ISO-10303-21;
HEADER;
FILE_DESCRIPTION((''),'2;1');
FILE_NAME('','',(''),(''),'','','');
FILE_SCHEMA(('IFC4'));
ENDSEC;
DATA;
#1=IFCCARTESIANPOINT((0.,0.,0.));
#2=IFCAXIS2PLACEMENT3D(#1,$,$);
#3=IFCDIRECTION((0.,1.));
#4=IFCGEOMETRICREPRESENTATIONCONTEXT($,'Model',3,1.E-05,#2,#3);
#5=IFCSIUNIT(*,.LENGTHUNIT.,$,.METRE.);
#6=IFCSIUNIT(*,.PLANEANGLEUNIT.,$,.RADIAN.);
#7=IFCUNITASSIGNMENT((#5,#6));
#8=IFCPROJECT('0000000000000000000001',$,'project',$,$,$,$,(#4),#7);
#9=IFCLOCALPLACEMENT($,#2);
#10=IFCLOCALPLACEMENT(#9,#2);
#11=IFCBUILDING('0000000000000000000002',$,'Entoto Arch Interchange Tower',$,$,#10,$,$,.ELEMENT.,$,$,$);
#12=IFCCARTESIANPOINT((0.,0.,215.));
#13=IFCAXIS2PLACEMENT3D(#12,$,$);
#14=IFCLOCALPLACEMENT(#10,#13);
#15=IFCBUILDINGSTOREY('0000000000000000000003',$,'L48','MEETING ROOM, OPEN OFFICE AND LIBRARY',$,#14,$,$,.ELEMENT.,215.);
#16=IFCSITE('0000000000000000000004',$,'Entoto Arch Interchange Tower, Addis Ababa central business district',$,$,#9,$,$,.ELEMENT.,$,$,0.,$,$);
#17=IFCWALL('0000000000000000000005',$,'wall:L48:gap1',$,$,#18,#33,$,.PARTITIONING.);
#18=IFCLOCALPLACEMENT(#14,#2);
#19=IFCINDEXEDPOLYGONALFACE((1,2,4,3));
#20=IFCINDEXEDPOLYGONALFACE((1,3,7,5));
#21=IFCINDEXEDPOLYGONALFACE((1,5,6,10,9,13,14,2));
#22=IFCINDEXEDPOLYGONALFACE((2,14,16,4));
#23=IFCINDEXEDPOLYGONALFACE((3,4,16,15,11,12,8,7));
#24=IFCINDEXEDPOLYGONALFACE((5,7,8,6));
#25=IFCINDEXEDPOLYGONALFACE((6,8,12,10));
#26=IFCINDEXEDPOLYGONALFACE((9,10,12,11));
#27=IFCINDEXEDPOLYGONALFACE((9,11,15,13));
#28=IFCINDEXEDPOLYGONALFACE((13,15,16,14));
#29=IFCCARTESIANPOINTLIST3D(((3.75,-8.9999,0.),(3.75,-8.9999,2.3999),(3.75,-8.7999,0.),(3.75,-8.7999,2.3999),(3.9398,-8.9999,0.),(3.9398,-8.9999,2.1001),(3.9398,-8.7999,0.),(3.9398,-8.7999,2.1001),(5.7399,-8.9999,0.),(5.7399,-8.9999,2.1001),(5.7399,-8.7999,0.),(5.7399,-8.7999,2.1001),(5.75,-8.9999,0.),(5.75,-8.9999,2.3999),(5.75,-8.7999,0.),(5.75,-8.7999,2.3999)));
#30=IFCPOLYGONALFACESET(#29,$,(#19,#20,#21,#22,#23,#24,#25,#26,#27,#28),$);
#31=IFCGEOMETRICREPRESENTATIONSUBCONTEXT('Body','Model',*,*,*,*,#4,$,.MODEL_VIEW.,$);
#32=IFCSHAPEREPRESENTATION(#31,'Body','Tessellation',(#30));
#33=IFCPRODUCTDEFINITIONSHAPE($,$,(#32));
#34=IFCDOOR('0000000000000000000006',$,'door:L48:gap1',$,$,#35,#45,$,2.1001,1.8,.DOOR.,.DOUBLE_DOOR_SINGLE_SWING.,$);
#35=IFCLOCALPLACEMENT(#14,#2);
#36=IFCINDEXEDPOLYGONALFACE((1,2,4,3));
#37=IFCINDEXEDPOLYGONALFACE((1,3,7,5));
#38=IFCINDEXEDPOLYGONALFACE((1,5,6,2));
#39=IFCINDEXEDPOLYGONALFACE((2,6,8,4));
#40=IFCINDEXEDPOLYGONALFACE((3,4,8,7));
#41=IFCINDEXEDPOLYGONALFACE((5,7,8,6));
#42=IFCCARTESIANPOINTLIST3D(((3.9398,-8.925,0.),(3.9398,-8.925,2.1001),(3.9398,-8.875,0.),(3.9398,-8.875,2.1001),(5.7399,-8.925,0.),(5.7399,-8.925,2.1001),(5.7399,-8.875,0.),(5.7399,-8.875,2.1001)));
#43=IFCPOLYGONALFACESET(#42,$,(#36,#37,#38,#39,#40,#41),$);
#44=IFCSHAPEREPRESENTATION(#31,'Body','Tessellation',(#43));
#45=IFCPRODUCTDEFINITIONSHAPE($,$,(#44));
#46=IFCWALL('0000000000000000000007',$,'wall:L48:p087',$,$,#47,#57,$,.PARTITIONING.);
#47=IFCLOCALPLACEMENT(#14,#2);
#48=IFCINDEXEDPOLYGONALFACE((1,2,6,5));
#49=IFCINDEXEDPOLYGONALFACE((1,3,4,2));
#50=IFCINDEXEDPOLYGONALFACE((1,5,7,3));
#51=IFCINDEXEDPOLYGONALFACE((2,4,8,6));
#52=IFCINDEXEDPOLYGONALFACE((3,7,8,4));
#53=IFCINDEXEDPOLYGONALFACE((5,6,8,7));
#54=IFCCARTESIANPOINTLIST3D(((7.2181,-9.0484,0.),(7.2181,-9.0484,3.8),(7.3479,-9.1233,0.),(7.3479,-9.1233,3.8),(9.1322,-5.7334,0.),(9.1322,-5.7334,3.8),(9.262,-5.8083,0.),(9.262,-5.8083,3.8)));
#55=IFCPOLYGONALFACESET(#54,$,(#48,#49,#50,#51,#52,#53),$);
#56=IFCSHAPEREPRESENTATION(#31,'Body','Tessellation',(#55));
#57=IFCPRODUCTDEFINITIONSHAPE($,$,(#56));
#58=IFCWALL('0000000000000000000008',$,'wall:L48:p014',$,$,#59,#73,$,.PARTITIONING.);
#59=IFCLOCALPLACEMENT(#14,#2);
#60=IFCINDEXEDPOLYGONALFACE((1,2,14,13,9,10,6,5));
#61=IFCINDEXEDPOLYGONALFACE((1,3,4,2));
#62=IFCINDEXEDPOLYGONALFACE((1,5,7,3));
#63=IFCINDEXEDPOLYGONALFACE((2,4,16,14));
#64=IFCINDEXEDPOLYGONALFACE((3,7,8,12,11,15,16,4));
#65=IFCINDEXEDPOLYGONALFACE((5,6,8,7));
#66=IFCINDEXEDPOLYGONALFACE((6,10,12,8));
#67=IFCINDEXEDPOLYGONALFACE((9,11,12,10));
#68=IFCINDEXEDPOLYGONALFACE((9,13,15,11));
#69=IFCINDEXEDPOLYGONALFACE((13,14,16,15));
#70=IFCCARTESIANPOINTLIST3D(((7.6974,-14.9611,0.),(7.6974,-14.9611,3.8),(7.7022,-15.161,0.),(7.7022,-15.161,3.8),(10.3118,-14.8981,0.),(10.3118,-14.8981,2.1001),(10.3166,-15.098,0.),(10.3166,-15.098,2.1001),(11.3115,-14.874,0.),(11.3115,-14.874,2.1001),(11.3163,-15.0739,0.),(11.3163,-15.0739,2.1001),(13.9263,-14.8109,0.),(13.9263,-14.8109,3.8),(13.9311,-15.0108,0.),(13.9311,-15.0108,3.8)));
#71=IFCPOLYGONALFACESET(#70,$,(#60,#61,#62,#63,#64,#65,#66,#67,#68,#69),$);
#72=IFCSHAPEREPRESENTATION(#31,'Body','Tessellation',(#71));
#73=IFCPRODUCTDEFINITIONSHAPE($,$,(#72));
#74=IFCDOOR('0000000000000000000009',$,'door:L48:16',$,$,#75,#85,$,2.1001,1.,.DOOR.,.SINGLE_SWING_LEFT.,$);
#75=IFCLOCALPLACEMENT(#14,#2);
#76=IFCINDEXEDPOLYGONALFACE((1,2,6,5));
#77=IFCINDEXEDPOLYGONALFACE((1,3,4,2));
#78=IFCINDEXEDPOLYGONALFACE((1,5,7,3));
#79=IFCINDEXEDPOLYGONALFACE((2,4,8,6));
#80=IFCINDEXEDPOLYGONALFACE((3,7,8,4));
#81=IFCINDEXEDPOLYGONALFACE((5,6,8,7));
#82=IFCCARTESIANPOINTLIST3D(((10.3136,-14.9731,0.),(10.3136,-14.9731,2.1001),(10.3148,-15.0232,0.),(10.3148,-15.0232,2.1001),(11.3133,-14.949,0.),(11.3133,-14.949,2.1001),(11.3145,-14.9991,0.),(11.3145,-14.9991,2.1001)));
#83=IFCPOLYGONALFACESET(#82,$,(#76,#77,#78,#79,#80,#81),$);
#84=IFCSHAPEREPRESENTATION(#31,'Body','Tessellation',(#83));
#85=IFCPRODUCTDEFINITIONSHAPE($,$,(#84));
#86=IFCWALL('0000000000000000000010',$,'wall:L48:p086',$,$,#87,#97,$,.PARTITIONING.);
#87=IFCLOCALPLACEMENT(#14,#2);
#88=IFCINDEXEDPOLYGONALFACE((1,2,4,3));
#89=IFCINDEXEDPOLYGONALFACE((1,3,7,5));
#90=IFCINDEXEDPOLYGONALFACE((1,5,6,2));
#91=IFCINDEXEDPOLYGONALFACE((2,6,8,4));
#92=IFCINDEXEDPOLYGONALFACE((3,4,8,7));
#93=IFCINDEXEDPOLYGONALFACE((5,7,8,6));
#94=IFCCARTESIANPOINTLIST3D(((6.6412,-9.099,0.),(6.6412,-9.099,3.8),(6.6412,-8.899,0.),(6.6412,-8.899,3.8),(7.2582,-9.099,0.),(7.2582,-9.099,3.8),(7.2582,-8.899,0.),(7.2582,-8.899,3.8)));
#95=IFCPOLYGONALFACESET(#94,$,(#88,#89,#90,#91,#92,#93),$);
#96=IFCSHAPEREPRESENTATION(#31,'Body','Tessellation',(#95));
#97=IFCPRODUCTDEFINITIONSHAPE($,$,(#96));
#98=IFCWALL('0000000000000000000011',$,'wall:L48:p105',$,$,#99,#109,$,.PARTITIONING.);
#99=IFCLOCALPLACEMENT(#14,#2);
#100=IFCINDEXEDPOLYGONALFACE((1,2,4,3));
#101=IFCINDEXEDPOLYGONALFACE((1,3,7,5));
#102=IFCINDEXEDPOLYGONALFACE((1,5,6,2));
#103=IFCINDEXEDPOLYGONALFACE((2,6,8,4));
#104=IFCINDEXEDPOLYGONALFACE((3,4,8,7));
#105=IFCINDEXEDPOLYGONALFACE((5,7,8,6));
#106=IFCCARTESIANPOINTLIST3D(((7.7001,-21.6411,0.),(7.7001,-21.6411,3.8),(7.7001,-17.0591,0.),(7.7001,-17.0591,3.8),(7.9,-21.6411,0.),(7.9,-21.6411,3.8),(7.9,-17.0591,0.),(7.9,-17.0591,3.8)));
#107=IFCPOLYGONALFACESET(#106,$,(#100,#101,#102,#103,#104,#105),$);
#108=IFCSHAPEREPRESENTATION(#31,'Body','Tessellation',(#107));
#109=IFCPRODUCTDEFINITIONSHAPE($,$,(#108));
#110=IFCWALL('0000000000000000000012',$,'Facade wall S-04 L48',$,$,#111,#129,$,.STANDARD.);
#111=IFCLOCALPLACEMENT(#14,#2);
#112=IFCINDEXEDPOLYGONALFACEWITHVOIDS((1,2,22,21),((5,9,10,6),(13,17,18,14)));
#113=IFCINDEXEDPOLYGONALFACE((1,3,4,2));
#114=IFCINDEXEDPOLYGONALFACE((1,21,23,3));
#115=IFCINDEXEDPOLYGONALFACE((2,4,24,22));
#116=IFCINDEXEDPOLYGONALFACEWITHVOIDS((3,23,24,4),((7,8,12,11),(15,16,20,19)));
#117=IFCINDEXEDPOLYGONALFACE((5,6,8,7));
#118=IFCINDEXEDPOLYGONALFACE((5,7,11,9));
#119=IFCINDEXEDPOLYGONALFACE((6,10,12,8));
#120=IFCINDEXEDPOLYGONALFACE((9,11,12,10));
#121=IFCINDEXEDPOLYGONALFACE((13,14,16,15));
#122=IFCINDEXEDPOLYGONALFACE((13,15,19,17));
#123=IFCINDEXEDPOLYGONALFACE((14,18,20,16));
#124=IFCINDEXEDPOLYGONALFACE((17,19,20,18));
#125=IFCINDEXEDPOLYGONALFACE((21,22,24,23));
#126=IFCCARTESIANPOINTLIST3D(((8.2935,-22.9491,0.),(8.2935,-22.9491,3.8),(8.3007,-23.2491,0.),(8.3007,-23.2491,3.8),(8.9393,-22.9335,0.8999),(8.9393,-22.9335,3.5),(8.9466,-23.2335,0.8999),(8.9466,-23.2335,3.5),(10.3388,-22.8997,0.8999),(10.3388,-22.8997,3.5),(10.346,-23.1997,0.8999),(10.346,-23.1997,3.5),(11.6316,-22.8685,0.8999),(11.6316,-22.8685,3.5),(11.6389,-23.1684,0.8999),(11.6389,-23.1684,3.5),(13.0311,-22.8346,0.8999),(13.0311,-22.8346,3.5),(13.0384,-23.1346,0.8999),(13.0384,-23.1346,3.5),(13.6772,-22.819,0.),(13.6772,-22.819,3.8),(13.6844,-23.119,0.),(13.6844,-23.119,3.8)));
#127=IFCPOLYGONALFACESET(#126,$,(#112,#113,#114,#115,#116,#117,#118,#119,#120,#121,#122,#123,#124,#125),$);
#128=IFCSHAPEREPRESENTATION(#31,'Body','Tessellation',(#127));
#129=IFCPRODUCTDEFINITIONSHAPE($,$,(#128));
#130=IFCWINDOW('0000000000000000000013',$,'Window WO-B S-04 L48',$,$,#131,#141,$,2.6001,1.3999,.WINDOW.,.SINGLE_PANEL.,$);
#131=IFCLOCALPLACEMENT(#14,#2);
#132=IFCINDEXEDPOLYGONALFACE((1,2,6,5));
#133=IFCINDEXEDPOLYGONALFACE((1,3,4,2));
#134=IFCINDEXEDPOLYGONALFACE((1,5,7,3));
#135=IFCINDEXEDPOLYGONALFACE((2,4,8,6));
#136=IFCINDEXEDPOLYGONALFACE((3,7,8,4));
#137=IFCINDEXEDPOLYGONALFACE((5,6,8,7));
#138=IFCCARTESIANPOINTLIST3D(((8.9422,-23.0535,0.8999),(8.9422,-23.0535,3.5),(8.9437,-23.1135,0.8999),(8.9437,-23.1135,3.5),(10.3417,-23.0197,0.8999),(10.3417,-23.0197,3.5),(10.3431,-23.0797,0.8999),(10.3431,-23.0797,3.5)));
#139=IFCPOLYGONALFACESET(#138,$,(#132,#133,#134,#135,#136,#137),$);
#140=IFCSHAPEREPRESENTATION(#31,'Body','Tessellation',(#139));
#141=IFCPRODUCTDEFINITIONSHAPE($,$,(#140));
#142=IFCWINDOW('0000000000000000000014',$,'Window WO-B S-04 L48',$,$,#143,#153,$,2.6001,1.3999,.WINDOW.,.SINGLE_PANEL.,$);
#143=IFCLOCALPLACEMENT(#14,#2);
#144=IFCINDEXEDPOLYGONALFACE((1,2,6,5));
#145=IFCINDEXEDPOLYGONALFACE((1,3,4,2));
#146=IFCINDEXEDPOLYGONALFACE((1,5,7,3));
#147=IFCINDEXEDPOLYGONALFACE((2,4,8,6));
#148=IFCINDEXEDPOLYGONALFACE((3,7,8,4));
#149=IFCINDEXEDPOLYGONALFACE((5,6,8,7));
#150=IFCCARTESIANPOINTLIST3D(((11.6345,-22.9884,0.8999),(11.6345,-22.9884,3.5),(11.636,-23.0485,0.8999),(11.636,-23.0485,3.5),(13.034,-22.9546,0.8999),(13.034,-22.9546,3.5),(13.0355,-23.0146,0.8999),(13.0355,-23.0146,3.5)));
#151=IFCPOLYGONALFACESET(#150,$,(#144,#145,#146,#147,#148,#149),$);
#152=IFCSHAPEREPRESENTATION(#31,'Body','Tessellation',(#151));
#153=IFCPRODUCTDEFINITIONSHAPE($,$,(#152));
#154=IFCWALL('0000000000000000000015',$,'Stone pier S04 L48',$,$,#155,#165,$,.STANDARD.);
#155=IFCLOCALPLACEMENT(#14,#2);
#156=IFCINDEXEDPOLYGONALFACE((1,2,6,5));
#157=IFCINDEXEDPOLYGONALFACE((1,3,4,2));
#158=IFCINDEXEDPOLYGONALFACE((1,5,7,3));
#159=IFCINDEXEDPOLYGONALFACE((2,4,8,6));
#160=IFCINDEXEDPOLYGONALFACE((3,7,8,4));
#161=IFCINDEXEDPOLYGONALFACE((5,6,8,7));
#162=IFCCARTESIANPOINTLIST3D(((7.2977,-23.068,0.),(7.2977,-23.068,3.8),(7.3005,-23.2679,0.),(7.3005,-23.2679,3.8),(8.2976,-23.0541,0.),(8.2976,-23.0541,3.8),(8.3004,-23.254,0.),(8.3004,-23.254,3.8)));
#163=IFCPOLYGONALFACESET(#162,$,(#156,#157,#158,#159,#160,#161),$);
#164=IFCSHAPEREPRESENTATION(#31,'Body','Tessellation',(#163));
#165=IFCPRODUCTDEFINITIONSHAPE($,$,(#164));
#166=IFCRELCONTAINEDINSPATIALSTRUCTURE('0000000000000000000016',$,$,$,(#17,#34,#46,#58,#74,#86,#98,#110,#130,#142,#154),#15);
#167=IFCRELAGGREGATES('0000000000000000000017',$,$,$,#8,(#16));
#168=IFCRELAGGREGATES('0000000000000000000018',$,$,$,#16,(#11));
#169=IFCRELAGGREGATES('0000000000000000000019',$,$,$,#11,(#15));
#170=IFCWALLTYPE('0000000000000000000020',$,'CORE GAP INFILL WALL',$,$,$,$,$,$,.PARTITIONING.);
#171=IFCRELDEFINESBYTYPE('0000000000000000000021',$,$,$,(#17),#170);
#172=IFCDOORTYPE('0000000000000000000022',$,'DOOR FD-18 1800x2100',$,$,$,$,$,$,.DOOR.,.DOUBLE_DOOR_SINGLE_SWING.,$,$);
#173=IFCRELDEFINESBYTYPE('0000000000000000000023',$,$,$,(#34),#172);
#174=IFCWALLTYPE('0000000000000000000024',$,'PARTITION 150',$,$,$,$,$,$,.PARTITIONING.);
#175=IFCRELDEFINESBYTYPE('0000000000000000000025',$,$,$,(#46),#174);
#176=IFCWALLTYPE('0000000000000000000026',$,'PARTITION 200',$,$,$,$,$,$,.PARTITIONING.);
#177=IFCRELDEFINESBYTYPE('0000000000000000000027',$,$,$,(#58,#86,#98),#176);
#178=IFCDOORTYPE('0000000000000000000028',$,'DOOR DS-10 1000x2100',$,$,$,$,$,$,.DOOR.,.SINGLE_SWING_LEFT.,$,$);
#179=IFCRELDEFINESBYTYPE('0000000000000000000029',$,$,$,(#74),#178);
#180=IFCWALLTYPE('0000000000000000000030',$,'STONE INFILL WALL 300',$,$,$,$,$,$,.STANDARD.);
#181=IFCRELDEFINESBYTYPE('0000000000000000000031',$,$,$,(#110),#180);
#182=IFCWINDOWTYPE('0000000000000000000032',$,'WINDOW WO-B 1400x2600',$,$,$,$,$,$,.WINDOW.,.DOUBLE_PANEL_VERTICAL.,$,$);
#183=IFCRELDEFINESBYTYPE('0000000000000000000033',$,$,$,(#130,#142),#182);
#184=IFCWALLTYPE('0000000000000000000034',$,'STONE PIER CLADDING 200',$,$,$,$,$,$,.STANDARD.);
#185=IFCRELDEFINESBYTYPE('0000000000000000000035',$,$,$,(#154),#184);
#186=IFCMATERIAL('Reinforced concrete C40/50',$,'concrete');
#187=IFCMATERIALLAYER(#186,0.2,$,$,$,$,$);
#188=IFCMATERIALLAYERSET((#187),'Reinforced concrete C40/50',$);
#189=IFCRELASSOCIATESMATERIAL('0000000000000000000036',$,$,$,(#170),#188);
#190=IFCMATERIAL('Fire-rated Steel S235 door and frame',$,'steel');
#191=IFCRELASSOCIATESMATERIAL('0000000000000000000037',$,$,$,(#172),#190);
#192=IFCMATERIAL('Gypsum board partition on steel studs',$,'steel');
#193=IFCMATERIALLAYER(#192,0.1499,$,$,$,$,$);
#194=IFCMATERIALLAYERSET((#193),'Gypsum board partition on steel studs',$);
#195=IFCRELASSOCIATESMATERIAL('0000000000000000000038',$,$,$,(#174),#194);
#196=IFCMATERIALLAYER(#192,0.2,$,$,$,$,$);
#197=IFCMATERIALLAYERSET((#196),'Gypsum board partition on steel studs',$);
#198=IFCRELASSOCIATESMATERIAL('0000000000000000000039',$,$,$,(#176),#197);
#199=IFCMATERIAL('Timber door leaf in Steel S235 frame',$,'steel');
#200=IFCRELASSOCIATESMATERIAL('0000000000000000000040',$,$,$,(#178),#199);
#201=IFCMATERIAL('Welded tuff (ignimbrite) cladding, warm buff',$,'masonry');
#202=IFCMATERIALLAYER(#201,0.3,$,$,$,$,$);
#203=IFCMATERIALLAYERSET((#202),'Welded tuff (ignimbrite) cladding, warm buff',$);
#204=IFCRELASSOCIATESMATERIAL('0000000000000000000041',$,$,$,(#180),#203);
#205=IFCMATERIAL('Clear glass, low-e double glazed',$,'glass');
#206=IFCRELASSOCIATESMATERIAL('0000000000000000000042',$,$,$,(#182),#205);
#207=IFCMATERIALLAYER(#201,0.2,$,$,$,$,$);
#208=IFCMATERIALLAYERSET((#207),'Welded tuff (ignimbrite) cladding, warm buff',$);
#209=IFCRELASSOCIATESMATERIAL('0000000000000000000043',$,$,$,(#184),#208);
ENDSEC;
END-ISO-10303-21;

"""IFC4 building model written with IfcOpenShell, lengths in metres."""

from ifc_helpers import new_model, si_unit, direction, frame, frame_2d, origin, place, context, subcontext, project, spatial, rectangle, extrude, material, layer, layer_set, type_object, element, fill, save


model = new_model("IFC4")

# Units and contexts
model_context = context("Model", 3, precision=1e-05, world=origin(), true_north=direction((0.0, 1.0)))
body_context = subcontext(model_context, "Body", "Model", "MODEL_VIEW")
ifc_project = project(units=[si_unit("LENGTHUNIT", "METRE"), si_unit("PLANEANGLEUNIT", "RADIAN")], contexts=[model_context])

# Site, building, storey
site_placement = place(None, origin())
site = spatial("IfcSite", under=ifc_project, at=site_placement, Name="Entoto Arch Interchange Tower, Addis Ababa central business district", CompositionType="ELEMENT", RefElevation=0.0)
building_placement = place(site_placement, origin())
building = spatial("IfcBuilding", under=site, at=building_placement, Name="Entoto Arch Interchange Tower", CompositionType="ELEMENT")
storey_placement = place(building_placement, frame((0.0, 0.0, 215.0)))
storey = spatial("IfcBuildingStorey", under=building, at=storey_placement, Name="L48", Description="MEETING ROOM, OPEN OFFICE AND LIBRARY", CompositionType="ELEMENT", Elevation=215.0)

# Shared definitions
ifc_material_1 = material(Name="Clear glass, low-e double glazed", Category="glass")

# Wall, opening, door
ifc_material_2 = material(Name="Reinforced concrete C40/50", Category="concrete")
ifc_layer_1 = layer(ifc_material_2, 0.2)
ifc_layer_set_1 = layer_set([ifc_layer_1], Name="Reinforced concrete C40/50")
wall_type_1 = type_object("IfcWallType", Name="CORE GAP INFILL WALL", PredefinedType="PARTITIONING", material=ifc_layer_set_1)
wall_1_placement = place(storey_placement, frame((3.75, -8.8999, 0.0), z_axis=(0.0, 0.0, 1.0), x_axis=(1.0, 0.0, 0.0)))
wall_1 = element("IfcWall", 1, at=wall_1_placement, inside=storey, type_object=wall_type_1, Name="wall:L48:gap1", PredefinedType="PARTITIONING", context=body_context, shape_type="SweptSolid", body=[
    extrude(rectangle(XDim=2.0, YDim=0.2, at=frame_2d((1.0, 0.0))), origin(), (0.0, 0.0, 1.0), 2.3999),
])
opening_1_placement = place(wall_1_placement, frame((0.1899, 0.0, 0.0)))
opening_1 = element("IfcOpeningElement", 2, at=opening_1_placement, cuts=wall_1, PredefinedType="OPENING", context=body_context, shape_type="SweptSolid", body=[
    extrude(rectangle(XDim=1.8, YDim=2.1001, at=frame_2d((0.8999, 1.05))), frame((0.0, 0.1099, 0.0), z_axis=(0.0, -1.0, 0.0), x_axis=(1.0, 0.0, 0.0)), (0.0, 0.0, 1.0), 0.22),
])
ifc_material_3 = material(Name="Fire-rated Steel S235 door and frame", Category="steel")
door_type_1 = type_object("IfcDoorType", Name="DOOR FD-18 1800x2100", OperationType="DOUBLE_DOOR_SINGLE_SWING", PredefinedType="DOOR", material=ifc_material_3)
door_1_placement = place(opening_1_placement, origin())
door_1 = element("IfcDoor", 3, at=door_1_placement, inside=storey, type_object=door_type_1, Name="door:L48:gap1", OperationType="DOUBLE_DOOR_SINGLE_SWING", OverallHeight=2.1001, OverallWidth=1.8, PredefinedType="DOOR", context=body_context, shape_type="SweptSolid", body=[
    extrude(rectangle(XDim=1.8, YDim=2.1001, at=frame_2d((0.8999, 1.05))), frame((0.0, 0.0249, 0.0), z_axis=(0.0, -1.0, 0.0), x_axis=(1.0, 0.0, 0.0)), (0.0, 0.0, 1.0), 0.05),
])
fill(opening_1, door_1)

# Wall
ifc_material_4 = material(Name="Gypsum board partition on steel studs", Category="steel")
ifc_layer_2 = layer(ifc_material_4, 0.1499)
ifc_layer_set_2 = layer_set([ifc_layer_2], Name="Gypsum board partition on steel studs")
wall_type_2 = type_object("IfcWallType", Name="PARTITION 150", PredefinedType="PARTITIONING", material=ifc_layer_set_2)
wall_2_placement = place(storey_placement, frame((7.283, -9.0859, 0.0), z_axis=(0.0, 0.0, 1.0), x_axis=(0.500035, 0.866005, 0.0)))
element("IfcWall", 4, at=wall_2_placement, inside=storey, type_object=wall_type_2, Name="wall:L48:p087", PredefinedType="PARTITIONING", context=body_context, shape_type="SweptSolid", body=[
    extrude(rectangle(XDim=3.8279, YDim=0.1499, at=frame_2d((1.9141, 0.0))), origin(), (0.0, 0.0, 1.0), 3.8),
])

# Wall, opening, door
ifc_layer_3 = layer(ifc_material_4, 0.2)
ifc_layer_set_3 = layer_set([ifc_layer_3], Name="Gypsum board partition on steel studs")
wall_type_3 = type_object("IfcWallType", Name="PARTITION 200", PredefinedType="PARTITIONING", material=ifc_layer_set_3)
wall_3_placement = place(storey_placement, frame((7.7, -15.061, 0.0), z_axis=(0.0, 0.0, 1.0), x_axis=(0.99971, 0.024097, 0.0)))
wall_3 = element("IfcWall", 5, at=wall_3_placement, inside=storey, type_object=wall_type_3, Name="wall:L48:p014", PredefinedType="PARTITIONING", context=body_context, shape_type="SweptSolid", body=[
    extrude(rectangle(XDim=6.2307, YDim=0.2, at=frame_2d((3.1152, 0.0))), origin(), (0.0, 0.0, 1.0), 3.8),
])
opening_2_placement = place(wall_3_placement, frame((2.615, 0.0, 0.0)))
opening_2 = element("IfcOpeningElement", 6, at=opening_2_placement, cuts=wall_3, PredefinedType="OPENING", context=body_context, shape_type="SweptSolid", body=[
    extrude(rectangle(XDim=1.0, YDim=2.1001, at=frame_2d((0.5, 1.05))), frame((0.0, 0.1099, 0.0), z_axis=(0.0, -1.0, 0.0), x_axis=(1.0, 0.0, 0.0)), (0.0, 0.0, 1.0), 0.22),
])
ifc_material_5 = material(Name="Timber door leaf in Steel S235 frame", Category="steel")
door_type_2 = type_object("IfcDoorType", Name="DOOR DS-10 1000x2100", OperationType="SINGLE_SWING_LEFT", PredefinedType="DOOR", material=ifc_material_5)
door_2_placement = place(opening_2_placement, origin())
door_2 = element("IfcDoor", 7, at=door_2_placement, inside=storey, type_object=door_type_2, Name="door:L48:16", OperationType="SINGLE_SWING_LEFT", OverallHeight=2.1001, OverallWidth=1.0, PredefinedType="DOOR", context=body_context, shape_type="SweptSolid", body=[
    extrude(rectangle(XDim=1.0, YDim=2.1001, at=frame_2d((0.5, 1.05))), frame((0.0, 0.0249, 0.0), z_axis=(0.0, -1.0, 0.0), x_axis=(1.0, 0.0, 0.0)), (0.0, 0.0, 1.0), 0.05),
])
fill(opening_2, door_2)

# Walls
wall_4_placement = place(storey_placement, frame((6.6411, -8.999, 0.0), z_axis=(0.0, 0.0, 1.0), x_axis=(1.0, 0.0, 0.0)))
element("IfcWall", 8, at=wall_4_placement, inside=storey, type_object=wall_type_3, Name="wall:L48:p086", PredefinedType="PARTITIONING", context=body_context, shape_type="SweptSolid", body=[
    extrude(rectangle(XDim=0.6169, YDim=0.2, at=frame_2d((0.3086, 0.0))), origin(), (0.0, 0.0, 1.0), 3.8),
])
wall_5_placement = place(storey_placement, frame((7.8, -17.0591, 0.0), z_axis=(0.0, 0.0, 1.0), x_axis=(0.0, -1.0, 0.0)))
element("IfcWall", 9, at=wall_5_placement, inside=storey, type_object=wall_type_3, Name="wall:L48:p105", PredefinedType="PARTITIONING", context=body_context, shape_type="SweptSolid", body=[
    extrude(rectangle(XDim=4.582, YDim=0.2, at=frame_2d((2.291, 0.0))), origin(), (0.0, 0.0, 1.0), 3.8),
])

# Wall, openings, windows
ifc_material_6 = material(Name="Welded tuff (ignimbrite) cladding, warm buff", Category="masonry")
ifc_layer_4 = layer(ifc_material_6, 0.3)
ifc_layer_set_4 = layer_set([ifc_layer_4], Name="Welded tuff (ignimbrite) cladding, warm buff")
wall_type_4 = type_object("IfcWallType", Name="STONE INFILL WALL 300", PredefinedType="STANDARD", material=ifc_layer_set_4)
wall_6_placement = place(storey_placement, frame((8.2971, -23.0991, 0.0), z_axis=(0.0, 0.0, 1.0), x_axis=(0.999708, 0.024163, 0.0)))
wall_6 = element("IfcWall", 10, at=wall_6_placement, inside=storey, type_object=wall_type_4, Name="Facade wall S-04 L48", PredefinedType="STANDARD", context=body_context, shape_type="SweptSolid", body=[
    extrude(rectangle(XDim=5.3853, YDim=0.3, at=frame_2d((2.6926, 0.0))), origin(), (0.0, 0.0, 1.0), 3.8),
])
opening_3_placement = place(wall_6_placement, frame((0.646, 0.0, 0.8999)))
opening_3 = element("IfcOpeningElement", 11, at=opening_3_placement, cuts=wall_6, PredefinedType="OPENING", context=body_context, shape_type="SweptSolid", body=[
    extrude(rectangle(XDim=1.3999, YDim=2.6001, at=frame_2d((0.7, 1.3))), frame((0.0, 0.1602, 0.0), z_axis=(0.0, -1.0, 0.0), x_axis=(1.0, 0.0, 0.0)), (0.0, 0.0, 1.0), 0.3201),
])
opening_4_placement = place(wall_6_placement, frame((3.3391, 0.0, 0.8999)))
opening_4 = element("IfcOpeningElement", 12, at=opening_4_placement, cuts=wall_6, PredefinedType="OPENING", context=body_context, shape_type="SweptSolid", body=[
    extrude(rectangle(XDim=1.3999, YDim=2.6001, at=frame_2d((0.7, 1.3))), frame((0.0, 0.1602, 0.0), z_axis=(0.0, -1.0, 0.0), x_axis=(1.0, 0.0, 0.0)), (0.0, 0.0, 1.0), 0.3201),
])
window_type = type_object("IfcWindowType", Name="WINDOW WO-B 1400x2600", PartitioningType="DOUBLE_PANEL_VERTICAL", PredefinedType="WINDOW", material=ifc_material_1)
window_1_placement = place(opening_3_placement, origin())
window_1 = element("IfcWindow", 13, at=window_1_placement, inside=storey, type_object=window_type, Name="Window WO-B S-04 L48", OverallHeight=2.6001, OverallWidth=1.3999, PartitioningType="SINGLE_PANEL", PredefinedType="WINDOW", context=body_context, shape_type="SweptSolid", body=[
    extrude(rectangle(XDim=1.3999, YDim=2.6001, at=frame_2d((0.7, 1.3))), frame((0.0, 0.03, 0.0), z_axis=(0.0, -1.0, 0.0), x_axis=(1.0, 0.0, 0.0)), (0.0, 0.0, 1.0), 0.0601),
])
fill(opening_3, window_1)
window_2_placement = place(opening_4_placement, origin())
window_2 = element("IfcWindow", 14, at=window_2_placement, inside=storey, type_object=window_type, Name="Window WO-B S-04 L48", OverallHeight=2.6001, OverallWidth=1.3999, PartitioningType="SINGLE_PANEL", PredefinedType="WINDOW", context=body_context, shape_type="SweptSolid", body=[
    extrude(rectangle(XDim=1.3999, YDim=2.6001, at=frame_2d((0.7, 1.3))), frame((0.0, 0.03, 0.0), z_axis=(0.0, -1.0, 0.0), x_axis=(1.0, 0.0, 0.0)), (0.0, 0.0, 1.0), 0.0601),
])
fill(opening_4, window_2)

# Wall
ifc_layer_5 = layer(ifc_material_6, 0.2)
ifc_layer_set_5 = layer_set([ifc_layer_5], Name="Welded tuff (ignimbrite) cladding, warm buff")
wall_type_5 = type_object("IfcWallType", Name="STONE PIER CLADDING 200", PredefinedType="STANDARD", material=ifc_layer_set_5)
wall_7_placement = place(storey_placement, frame((7.2991, -23.168, 0.0), z_axis=(0.0, 0.0, 1.0), x_axis=(0.999903, 0.013915, 0.0)))
element("IfcWall", 15, at=wall_7_placement, inside=storey, type_object=wall_type_5, Name="Stone pier S04 L48", PredefinedType="STANDARD", context=body_context, shape_type="SweptSolid", body=[
    extrude(rectangle(XDim=1.0, YDim=0.2, at=frame_2d((0.5, 0.0))), origin(), (0.0, 0.0, 1.0), 3.8),
])

save(model, "model.ifc")
